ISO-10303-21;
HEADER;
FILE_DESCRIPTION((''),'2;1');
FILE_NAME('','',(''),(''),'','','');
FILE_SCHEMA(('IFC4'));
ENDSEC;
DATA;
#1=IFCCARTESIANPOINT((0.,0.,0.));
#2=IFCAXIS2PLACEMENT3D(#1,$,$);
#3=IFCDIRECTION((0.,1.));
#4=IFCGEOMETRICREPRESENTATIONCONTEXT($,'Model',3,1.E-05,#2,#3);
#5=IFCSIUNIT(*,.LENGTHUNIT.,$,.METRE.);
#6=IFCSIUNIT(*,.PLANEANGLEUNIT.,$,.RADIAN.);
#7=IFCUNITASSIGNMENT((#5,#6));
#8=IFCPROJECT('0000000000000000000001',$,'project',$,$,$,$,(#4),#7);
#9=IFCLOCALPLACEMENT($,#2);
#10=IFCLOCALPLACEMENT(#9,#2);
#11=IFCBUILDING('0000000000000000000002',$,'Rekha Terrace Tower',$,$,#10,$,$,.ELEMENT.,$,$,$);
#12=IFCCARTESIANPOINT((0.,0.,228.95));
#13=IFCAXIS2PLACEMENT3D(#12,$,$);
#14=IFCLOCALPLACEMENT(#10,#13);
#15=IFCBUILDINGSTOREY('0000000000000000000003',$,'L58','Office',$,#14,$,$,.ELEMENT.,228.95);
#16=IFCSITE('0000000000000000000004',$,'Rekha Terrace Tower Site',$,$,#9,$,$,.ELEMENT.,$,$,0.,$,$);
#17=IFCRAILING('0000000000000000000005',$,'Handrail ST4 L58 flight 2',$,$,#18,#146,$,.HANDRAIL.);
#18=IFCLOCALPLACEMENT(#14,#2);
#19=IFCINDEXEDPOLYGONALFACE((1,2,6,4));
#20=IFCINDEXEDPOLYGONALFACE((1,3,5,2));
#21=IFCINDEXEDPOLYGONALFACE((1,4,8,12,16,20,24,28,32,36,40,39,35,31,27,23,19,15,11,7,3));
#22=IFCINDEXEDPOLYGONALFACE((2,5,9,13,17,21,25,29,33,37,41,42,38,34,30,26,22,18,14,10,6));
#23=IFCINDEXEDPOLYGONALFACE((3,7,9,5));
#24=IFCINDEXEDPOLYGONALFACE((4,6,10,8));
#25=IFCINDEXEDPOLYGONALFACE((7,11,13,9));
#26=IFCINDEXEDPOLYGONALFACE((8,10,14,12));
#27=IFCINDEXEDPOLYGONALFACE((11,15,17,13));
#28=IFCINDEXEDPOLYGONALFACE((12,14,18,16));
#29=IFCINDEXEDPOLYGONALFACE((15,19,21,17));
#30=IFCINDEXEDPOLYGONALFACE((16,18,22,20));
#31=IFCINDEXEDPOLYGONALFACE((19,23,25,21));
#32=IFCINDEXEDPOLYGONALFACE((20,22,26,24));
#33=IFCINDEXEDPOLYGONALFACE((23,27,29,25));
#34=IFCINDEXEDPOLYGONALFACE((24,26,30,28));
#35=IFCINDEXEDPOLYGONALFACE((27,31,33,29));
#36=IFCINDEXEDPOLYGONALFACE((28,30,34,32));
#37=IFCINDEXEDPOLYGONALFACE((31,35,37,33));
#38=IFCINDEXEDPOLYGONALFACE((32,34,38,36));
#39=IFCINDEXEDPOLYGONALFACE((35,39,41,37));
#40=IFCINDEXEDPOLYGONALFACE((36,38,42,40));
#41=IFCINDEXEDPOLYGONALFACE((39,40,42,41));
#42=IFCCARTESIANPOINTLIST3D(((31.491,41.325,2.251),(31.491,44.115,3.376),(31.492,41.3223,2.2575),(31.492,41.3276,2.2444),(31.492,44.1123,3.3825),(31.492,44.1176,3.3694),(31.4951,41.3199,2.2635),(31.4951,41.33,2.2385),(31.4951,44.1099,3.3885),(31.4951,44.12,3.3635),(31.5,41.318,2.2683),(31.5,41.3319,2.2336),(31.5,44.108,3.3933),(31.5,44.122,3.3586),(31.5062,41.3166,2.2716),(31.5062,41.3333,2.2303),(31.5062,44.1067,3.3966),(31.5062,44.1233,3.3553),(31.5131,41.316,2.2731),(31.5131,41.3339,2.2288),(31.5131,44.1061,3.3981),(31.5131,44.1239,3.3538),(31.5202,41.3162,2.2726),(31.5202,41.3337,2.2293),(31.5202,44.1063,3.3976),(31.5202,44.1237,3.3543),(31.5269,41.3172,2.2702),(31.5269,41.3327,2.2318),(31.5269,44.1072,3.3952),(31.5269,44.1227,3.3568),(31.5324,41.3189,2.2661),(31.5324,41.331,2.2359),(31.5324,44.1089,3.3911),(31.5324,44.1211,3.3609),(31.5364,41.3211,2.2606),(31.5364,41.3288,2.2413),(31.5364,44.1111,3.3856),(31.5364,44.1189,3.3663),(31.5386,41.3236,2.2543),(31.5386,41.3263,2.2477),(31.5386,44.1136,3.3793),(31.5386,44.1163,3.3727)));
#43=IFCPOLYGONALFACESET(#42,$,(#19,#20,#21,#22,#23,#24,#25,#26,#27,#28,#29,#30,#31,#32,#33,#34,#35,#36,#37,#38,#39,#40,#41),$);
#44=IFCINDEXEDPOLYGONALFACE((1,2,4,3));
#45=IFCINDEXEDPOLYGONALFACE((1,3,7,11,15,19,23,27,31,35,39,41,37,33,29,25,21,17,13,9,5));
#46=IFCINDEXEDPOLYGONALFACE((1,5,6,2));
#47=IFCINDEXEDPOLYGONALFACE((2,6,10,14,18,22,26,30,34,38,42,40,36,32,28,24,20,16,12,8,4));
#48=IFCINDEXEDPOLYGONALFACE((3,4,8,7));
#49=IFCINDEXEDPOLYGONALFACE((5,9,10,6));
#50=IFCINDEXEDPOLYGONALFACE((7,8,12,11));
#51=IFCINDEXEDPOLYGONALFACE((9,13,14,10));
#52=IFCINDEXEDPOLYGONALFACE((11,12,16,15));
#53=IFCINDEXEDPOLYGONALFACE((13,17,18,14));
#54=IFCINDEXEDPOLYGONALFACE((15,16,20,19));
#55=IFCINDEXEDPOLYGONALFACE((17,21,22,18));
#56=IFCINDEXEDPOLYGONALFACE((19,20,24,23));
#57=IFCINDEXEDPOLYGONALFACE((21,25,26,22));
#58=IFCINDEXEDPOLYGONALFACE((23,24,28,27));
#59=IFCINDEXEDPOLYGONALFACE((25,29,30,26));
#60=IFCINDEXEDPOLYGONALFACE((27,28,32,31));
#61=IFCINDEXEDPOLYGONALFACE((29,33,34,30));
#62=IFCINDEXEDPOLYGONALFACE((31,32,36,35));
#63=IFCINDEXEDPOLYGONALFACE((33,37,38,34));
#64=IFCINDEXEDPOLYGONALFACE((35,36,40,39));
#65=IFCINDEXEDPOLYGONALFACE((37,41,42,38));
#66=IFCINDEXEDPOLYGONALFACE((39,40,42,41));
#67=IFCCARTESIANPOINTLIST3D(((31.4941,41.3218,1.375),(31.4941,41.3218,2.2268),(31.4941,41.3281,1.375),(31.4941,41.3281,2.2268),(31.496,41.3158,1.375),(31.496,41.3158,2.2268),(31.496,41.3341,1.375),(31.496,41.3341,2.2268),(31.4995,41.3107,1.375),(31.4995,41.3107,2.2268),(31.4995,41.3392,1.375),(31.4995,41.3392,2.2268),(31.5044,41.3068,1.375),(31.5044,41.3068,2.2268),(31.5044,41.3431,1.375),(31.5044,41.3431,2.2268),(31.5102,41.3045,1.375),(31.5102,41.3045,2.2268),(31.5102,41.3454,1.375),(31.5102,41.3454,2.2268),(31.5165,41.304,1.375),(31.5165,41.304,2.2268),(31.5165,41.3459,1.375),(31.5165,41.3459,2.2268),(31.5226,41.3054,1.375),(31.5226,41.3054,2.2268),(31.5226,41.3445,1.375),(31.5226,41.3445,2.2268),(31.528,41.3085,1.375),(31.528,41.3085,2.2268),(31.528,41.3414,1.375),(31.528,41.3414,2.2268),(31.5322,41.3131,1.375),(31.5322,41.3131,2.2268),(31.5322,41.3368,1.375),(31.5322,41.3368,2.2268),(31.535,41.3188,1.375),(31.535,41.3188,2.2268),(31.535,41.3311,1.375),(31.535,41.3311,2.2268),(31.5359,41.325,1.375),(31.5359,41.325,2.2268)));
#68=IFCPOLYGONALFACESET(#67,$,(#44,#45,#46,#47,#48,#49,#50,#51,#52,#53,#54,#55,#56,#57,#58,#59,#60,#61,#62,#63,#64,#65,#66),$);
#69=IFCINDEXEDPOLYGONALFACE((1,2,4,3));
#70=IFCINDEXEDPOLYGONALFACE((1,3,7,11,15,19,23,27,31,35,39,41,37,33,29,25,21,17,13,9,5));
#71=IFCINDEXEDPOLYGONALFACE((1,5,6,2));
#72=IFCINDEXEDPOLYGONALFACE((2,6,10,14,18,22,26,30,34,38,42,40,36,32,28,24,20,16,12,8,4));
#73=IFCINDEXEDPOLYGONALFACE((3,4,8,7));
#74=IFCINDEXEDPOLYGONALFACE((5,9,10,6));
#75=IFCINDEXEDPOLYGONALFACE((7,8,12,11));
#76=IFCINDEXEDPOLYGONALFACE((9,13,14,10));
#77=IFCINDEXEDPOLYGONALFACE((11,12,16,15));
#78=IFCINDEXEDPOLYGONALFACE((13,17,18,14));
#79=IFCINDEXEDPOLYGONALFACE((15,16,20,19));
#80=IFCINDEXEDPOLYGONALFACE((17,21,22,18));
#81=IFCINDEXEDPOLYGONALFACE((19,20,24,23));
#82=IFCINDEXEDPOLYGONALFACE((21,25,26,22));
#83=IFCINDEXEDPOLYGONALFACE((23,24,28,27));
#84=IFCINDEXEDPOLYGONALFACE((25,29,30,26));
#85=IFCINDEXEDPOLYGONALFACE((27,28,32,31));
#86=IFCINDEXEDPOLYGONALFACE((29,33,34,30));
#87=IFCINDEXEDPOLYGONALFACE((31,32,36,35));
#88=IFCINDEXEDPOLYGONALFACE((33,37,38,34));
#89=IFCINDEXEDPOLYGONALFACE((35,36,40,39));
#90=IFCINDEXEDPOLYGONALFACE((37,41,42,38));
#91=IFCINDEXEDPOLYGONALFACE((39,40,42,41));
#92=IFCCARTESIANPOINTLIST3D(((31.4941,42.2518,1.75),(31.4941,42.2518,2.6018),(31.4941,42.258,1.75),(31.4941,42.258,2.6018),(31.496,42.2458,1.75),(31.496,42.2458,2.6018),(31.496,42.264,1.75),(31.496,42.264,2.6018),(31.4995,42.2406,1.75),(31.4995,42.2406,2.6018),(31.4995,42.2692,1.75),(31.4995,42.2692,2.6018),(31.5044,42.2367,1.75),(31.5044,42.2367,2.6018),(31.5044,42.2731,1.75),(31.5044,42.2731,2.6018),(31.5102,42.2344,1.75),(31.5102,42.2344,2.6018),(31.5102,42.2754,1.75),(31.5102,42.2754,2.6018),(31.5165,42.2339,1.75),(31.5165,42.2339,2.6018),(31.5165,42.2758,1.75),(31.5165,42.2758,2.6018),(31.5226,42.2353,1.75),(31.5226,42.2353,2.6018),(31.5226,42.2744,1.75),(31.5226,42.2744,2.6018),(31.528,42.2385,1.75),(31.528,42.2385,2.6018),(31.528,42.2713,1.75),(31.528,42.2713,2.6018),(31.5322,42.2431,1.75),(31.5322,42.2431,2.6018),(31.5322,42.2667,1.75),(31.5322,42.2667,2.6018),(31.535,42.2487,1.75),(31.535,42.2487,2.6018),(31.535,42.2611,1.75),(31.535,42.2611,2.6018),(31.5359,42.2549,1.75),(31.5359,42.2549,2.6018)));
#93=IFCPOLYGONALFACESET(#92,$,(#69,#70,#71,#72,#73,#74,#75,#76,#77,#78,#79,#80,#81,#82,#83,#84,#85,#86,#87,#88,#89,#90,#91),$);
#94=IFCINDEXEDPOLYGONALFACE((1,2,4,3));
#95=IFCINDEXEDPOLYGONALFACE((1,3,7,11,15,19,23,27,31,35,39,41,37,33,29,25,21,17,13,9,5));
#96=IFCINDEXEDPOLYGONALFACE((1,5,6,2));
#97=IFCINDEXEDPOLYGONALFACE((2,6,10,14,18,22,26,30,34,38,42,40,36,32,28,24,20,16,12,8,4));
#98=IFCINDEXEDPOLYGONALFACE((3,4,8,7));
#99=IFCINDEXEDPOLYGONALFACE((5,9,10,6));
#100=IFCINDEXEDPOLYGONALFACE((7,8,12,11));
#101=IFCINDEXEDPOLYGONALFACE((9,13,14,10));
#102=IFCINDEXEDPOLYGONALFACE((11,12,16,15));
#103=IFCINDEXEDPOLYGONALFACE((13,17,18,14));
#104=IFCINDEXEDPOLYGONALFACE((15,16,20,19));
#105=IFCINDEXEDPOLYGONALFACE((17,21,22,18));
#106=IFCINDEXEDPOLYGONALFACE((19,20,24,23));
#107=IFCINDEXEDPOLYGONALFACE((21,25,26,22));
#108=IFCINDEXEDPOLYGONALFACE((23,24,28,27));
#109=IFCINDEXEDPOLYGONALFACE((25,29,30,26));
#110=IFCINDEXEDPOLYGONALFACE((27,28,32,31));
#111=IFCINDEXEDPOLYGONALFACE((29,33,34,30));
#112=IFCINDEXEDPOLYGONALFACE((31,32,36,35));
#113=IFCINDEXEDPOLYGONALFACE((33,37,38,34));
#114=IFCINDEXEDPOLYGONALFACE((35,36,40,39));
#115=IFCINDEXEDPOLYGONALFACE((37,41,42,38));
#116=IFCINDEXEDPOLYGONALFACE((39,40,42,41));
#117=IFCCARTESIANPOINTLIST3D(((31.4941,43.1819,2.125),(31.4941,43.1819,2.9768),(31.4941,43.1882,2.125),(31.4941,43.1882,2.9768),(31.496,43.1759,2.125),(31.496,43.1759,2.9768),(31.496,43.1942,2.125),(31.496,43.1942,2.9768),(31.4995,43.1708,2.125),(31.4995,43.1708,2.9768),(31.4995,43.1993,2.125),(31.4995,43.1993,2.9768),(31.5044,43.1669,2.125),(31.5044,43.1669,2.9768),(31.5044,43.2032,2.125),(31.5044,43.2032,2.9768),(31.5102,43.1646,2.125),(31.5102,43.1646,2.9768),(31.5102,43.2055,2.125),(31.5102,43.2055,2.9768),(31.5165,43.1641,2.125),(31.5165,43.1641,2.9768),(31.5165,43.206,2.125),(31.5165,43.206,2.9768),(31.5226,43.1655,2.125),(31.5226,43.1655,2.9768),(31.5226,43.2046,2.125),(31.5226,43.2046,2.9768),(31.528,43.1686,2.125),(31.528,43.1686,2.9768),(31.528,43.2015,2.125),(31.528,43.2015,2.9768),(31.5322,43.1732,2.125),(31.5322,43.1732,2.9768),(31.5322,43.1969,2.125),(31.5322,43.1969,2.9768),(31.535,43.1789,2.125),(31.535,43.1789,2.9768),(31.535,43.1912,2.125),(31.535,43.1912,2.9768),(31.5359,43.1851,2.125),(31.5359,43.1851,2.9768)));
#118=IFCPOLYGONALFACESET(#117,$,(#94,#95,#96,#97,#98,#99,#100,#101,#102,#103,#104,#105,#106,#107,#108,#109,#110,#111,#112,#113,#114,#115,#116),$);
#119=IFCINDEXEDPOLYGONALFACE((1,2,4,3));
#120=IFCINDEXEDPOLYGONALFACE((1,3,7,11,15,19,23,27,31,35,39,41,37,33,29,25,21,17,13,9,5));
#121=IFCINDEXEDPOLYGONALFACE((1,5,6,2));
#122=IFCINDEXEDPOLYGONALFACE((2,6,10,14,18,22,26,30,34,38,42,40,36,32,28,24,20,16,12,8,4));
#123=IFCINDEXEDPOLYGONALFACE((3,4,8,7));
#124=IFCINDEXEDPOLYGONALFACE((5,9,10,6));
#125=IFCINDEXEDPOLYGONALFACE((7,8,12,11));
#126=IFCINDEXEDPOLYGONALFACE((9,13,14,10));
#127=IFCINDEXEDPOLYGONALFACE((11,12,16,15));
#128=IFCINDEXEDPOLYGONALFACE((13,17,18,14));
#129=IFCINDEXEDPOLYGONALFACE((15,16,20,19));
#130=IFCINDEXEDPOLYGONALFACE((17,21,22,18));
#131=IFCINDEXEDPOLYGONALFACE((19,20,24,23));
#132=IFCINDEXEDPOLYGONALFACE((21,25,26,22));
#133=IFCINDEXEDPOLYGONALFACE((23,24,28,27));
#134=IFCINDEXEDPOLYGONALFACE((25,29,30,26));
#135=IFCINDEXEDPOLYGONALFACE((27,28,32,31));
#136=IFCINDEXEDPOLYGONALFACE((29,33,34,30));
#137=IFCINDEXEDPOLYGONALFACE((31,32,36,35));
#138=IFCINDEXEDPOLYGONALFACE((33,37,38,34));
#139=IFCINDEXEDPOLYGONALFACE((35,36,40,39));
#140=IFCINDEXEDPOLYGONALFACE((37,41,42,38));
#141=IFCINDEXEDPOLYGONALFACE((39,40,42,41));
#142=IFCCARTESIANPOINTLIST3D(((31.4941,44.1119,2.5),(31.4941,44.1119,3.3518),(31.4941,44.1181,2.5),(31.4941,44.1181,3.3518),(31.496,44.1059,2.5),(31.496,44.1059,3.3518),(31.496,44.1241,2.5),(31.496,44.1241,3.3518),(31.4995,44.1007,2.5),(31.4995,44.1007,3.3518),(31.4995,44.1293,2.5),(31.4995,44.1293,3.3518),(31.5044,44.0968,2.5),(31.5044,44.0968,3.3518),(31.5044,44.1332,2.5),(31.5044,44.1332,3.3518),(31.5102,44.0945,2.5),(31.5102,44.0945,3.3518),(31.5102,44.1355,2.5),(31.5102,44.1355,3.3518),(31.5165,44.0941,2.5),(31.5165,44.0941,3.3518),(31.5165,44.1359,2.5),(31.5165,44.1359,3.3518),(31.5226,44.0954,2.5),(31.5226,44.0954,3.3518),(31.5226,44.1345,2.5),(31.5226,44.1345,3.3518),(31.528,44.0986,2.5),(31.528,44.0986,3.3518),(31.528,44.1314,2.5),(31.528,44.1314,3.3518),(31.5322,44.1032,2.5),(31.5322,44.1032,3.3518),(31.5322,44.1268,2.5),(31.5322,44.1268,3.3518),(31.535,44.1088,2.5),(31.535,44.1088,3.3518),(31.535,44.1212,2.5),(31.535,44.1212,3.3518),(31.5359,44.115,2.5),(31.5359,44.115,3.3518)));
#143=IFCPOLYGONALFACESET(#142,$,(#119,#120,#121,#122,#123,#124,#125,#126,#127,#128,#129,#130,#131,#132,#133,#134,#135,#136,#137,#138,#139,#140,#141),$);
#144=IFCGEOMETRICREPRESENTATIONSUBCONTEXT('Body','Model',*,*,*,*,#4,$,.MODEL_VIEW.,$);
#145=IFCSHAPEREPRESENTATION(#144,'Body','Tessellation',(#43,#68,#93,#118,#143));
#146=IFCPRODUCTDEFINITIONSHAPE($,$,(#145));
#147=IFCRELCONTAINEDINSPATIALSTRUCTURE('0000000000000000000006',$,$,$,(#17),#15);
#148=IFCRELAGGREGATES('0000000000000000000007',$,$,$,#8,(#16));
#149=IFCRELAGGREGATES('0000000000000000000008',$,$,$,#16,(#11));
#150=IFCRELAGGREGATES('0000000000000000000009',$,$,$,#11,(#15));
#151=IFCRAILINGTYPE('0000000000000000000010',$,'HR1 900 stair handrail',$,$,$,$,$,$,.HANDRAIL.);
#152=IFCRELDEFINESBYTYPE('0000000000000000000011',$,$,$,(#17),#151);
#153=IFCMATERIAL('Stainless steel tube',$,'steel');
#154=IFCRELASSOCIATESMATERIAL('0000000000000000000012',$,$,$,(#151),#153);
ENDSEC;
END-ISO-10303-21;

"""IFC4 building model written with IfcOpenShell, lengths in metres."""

from ifc_helpers import new_model, si_unit, direction, frame, origin, origin_2d, place, context, subcontext, project, spatial, circle, extrude, material, type_object, element, save


model = new_model("IFC4")

# Units and contexts
model_context = context("Model", 3, precision=1e-05, world=origin(), true_north=direction((0.0, 1.0)))
body_context = subcontext(model_context, "Body", "Model", "MODEL_VIEW")
ifc_project = project(units=[si_unit("LENGTHUNIT", "METRE"), si_unit("PLANEANGLEUNIT", "RADIAN")], contexts=[model_context])

# Site, building, storey
site_placement = place(None, origin())
site = spatial("IfcSite", under=ifc_project, at=site_placement, Name="Rekha Terrace Tower Site", CompositionType="ELEMENT", RefElevation=0.0)
building_placement = place(site_placement, origin())
building = spatial("IfcBuilding", under=site, at=building_placement, Name="Rekha Terrace Tower", CompositionType="ELEMENT")
storey_placement = place(building_placement, frame((0.0, 0.0, 228.95)))
storey = spatial("IfcBuildingStorey", under=building, at=storey_placement, Name="L58", Description="Office", CompositionType="ELEMENT", Elevation=228.95)

# Railing
ifc_material_1 = material(Name="Stainless steel tube", Category="steel")
railing_type_1 = type_object("IfcRailingType", Name="HR1 900 stair handrail", PredefinedType="HANDRAIL", material=ifc_material_1)
railing_1_placement = place(storey_placement, frame((31.5149, 41.325, 1.375)))
element("IfcRailing", 1, at=railing_1_placement, inside=storey, type_object=railing_type_1, Name="Handrail ST4 L58 flight 2", PredefinedType="HANDRAIL", context=body_context, shape_type="SweptSolid", body=[
    extrude(circle(Radius=0.0239, at=origin_2d()), frame((0.0, 0.0, 0.876), z_axis=(0.0, 0.927443, 0.373964), x_axis=(-1.0, 0.0, 0.0)), (0.0, 0.0, 1.0), 3.0083),
    extrude(circle(Radius=0.021, at=origin_2d()), origin(), (0.0, 0.0, 1.0), 0.8518),
    extrude(circle(Radius=0.021, at=origin_2d()), frame((0.0, 0.9299, 0.375)), (0.0, 0.0, 1.0), 0.8518),
    extrude(circle(Radius=0.021, at=origin_2d()), frame((0.0, 1.8601, 0.75)), (0.0, 0.0, 1.0), 0.8518),
    extrude(circle(Radius=0.021, at=origin_2d()), frame((0.0, 2.79, 1.125)), (0.0, 0.0, 1.0), 0.8518),
])

save(model, "model.ifc")
